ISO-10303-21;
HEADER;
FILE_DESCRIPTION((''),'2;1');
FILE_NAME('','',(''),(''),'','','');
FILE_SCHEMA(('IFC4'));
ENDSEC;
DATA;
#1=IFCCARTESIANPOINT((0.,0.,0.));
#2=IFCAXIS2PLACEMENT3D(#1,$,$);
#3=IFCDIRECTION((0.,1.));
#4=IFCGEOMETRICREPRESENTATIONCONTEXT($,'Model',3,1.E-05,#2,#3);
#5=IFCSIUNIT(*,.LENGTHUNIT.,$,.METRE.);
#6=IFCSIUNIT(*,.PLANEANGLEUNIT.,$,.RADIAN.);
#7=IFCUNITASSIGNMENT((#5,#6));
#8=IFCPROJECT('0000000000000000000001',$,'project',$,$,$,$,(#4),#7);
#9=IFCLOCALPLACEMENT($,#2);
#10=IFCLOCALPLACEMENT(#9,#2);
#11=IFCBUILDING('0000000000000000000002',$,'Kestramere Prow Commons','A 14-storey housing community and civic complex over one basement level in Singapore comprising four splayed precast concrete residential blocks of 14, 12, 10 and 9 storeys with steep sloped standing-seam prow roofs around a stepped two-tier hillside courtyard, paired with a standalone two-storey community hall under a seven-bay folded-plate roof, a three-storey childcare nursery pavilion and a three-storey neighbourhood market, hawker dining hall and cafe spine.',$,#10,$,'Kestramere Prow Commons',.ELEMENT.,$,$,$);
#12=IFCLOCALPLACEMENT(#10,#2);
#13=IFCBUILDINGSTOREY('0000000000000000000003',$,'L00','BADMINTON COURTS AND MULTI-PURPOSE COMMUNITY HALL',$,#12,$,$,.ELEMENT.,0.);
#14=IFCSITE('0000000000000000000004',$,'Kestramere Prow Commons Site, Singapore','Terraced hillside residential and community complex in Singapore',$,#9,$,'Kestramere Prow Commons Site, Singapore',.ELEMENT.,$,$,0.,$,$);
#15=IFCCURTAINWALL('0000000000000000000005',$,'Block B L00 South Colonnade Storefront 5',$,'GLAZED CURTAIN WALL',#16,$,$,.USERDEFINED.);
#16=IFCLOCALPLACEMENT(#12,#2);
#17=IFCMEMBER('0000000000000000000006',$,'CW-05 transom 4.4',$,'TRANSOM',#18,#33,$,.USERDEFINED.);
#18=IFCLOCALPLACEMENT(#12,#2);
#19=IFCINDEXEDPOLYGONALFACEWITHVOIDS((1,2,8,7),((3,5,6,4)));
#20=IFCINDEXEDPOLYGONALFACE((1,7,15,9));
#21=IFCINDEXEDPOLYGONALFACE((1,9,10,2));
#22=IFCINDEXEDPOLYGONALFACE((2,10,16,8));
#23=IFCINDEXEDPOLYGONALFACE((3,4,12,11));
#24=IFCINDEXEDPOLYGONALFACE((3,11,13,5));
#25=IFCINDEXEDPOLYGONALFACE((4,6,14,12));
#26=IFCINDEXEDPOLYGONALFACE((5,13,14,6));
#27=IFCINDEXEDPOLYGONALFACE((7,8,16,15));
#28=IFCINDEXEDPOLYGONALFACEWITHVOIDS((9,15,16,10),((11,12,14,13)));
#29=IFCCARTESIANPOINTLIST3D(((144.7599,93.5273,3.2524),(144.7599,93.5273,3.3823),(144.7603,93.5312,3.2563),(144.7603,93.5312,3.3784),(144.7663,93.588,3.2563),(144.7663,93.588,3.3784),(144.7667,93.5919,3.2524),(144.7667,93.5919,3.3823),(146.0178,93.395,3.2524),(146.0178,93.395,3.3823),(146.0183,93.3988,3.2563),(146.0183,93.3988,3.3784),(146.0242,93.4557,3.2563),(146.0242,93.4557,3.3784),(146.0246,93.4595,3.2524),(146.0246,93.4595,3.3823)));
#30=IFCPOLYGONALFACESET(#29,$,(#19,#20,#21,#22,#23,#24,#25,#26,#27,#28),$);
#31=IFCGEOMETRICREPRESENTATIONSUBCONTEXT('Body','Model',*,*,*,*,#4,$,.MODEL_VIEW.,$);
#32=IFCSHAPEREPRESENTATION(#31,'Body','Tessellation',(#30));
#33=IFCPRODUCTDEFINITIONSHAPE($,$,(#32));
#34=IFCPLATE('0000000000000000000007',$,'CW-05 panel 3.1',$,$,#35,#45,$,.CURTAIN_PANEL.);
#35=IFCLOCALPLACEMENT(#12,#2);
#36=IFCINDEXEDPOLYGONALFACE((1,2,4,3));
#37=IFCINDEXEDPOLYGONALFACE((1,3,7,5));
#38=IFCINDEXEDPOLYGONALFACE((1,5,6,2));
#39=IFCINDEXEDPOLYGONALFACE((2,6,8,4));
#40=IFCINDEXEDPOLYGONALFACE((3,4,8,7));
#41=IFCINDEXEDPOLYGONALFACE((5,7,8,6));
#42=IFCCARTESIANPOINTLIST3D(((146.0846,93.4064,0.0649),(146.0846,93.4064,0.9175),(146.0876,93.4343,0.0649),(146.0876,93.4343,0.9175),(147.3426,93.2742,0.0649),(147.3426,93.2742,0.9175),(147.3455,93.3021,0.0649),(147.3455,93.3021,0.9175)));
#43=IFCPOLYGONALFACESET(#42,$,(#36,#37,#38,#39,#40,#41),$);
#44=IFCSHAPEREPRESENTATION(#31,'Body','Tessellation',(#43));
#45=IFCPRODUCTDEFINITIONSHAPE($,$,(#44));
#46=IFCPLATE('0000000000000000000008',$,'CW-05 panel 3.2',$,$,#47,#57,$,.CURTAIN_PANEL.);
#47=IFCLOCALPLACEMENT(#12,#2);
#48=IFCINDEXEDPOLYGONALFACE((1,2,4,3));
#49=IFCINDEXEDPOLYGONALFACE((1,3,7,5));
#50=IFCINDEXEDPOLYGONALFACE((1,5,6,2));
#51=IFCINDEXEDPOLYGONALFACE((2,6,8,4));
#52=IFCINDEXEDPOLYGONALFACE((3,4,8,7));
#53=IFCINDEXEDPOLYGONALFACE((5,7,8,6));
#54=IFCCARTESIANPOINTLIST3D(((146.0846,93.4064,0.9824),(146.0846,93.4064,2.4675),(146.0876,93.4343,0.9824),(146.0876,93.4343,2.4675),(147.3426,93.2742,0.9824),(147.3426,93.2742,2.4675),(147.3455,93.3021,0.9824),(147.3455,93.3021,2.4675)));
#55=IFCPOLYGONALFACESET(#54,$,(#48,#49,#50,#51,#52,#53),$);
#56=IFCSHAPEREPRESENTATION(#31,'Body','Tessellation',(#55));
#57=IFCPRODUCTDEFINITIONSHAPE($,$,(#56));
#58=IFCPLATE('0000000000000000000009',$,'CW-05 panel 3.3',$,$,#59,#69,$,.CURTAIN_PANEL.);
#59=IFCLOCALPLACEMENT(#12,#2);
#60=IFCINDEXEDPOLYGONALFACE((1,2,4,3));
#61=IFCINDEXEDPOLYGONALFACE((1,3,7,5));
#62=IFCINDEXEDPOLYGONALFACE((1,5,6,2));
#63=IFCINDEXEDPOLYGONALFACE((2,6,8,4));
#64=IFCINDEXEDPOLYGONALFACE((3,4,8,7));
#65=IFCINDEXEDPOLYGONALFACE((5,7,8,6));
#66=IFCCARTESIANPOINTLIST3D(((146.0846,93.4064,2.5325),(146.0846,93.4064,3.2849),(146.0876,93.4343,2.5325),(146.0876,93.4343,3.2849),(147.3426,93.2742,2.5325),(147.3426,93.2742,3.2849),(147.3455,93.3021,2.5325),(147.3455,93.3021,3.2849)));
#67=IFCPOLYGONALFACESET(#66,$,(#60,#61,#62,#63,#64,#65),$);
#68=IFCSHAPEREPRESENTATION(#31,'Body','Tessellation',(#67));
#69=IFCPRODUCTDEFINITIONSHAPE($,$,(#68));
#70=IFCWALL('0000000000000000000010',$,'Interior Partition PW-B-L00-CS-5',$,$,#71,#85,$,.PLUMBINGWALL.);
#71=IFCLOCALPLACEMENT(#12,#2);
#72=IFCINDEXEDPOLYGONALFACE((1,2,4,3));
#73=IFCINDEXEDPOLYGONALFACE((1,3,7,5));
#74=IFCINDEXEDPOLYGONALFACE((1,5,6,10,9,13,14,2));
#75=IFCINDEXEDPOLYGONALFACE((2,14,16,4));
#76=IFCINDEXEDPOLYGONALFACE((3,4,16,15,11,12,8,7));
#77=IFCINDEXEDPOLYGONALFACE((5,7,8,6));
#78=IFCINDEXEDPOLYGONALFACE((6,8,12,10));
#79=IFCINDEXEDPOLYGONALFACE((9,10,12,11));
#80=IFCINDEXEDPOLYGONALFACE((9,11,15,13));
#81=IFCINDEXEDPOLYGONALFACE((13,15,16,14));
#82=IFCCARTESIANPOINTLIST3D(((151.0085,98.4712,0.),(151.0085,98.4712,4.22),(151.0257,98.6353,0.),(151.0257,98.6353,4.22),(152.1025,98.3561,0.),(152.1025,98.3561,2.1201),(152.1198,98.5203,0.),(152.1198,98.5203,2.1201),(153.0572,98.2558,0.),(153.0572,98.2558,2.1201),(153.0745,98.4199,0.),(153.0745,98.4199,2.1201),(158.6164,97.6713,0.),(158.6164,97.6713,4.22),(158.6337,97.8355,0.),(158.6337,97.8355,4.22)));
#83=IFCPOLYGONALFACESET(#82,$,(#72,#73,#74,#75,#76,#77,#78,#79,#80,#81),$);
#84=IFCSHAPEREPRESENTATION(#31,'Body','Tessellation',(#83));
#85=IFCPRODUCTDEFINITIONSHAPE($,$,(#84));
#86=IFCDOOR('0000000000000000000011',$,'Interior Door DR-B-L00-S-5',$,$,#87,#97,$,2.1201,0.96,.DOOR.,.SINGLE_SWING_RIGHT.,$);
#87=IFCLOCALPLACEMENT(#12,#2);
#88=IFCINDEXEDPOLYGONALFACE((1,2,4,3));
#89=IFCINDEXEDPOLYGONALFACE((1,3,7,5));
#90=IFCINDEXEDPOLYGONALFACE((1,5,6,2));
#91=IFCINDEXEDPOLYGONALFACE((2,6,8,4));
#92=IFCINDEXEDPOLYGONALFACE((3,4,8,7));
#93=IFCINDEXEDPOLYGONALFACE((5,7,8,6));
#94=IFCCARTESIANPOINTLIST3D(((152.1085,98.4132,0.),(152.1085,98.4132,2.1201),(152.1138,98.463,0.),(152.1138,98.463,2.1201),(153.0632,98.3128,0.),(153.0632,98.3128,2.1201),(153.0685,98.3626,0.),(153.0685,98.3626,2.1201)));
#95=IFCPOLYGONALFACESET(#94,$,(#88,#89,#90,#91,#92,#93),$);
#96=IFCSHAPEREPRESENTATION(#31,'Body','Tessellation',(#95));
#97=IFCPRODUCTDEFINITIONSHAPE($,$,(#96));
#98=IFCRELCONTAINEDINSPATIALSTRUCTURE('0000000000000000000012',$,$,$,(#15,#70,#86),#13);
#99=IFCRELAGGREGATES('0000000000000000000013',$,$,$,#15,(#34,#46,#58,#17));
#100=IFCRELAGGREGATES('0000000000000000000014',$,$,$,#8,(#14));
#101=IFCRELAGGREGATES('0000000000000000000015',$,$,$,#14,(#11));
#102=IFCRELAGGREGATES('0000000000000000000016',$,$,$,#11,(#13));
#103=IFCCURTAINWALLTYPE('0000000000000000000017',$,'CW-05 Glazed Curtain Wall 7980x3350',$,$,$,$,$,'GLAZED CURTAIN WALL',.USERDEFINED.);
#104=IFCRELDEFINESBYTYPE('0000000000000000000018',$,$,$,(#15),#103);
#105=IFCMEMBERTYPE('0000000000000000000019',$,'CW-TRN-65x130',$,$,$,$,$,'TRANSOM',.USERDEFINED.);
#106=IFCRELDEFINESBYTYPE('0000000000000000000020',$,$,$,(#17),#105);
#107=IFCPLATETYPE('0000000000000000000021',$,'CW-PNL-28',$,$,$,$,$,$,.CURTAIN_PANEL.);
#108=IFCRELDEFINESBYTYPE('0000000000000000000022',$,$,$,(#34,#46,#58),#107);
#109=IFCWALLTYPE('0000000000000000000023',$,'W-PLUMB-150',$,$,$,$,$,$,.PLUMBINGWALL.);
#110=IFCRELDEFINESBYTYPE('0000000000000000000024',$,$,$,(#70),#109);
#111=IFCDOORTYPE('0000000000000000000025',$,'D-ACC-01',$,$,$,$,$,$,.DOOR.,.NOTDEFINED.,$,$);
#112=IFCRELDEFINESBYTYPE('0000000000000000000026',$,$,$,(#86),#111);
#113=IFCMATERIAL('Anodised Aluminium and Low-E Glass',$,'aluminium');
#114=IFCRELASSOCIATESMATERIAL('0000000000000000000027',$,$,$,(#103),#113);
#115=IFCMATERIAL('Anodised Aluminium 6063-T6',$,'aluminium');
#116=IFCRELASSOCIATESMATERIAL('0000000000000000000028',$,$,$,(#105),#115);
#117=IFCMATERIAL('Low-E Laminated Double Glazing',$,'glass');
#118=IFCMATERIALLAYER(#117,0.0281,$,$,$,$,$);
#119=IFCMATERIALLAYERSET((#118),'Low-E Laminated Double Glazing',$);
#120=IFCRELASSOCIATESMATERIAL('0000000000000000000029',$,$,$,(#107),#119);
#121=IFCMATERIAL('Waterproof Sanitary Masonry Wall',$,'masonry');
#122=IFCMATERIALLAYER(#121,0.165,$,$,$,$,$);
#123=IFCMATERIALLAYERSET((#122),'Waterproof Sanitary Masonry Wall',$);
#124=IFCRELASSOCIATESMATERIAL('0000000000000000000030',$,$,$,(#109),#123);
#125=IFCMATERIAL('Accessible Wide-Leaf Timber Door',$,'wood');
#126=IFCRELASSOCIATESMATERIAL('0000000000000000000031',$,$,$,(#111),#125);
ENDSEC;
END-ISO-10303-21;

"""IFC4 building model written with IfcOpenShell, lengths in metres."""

from ifc_helpers import new_model, si_unit, direction, frame, frame_2d, origin, origin_2d, place, context, subcontext, project, spatial, rectangle, hollow_rectangle, extrude, material, layer, layer_set, material_profile, profile_set, type_object, element, fill, aggregate, save


model = new_model("IFC4")

# Units and contexts
model_context = context("Model", 3, precision=1e-05, world=origin(), true_north=direction((0.0, 1.0)))
body_context = subcontext(model_context, "Body", "Model", "MODEL_VIEW")
ifc_project = project(units=[si_unit("LENGTHUNIT", "METRE"), si_unit("PLANEANGLEUNIT", "RADIAN")], contexts=[model_context])

# Site, building, storey
site_placement = place(None, origin())
site = spatial("IfcSite", under=ifc_project, at=site_placement, Name="Kestramere Prow Commons Site, Singapore", Description="Terraced hillside residential and community complex in Singapore", LongName="Kestramere Prow Commons Site, Singapore", CompositionType="ELEMENT", RefElevation=0.0)
building_placement = place(site_placement, origin())
building = spatial("IfcBuilding", under=site, at=building_placement, Name="Kestramere Prow Commons", Description="A 14-storey housing community and civic complex over one basement level in Singapore comprising four splayed precast concrete residential blocks of 14, 12, 10 and 9 storeys with steep sloped standing-seam prow roofs around a stepped two-tier hillside courtyard, paired with a standalone two-storey community hall under a seven-bay folded-plate roof, a three-storey childcare nursery pavilion and a three-storey neighbourhood market, hawker dining hall and cafe spine.", LongName="Kestramere Prow Commons", CompositionType="ELEMENT")
storey_placement = place(building_placement, origin())
storey = spatial("IfcBuildingStorey", under=building, at=storey_placement, Name="L00", Description="BADMINTON COURTS AND MULTI-PURPOSE COMMUNITY HALL", CompositionType="ELEMENT", Elevation=0.0)

# Curtain wall, member, plates
ifc_material_1 = material(Name="Anodised Aluminium and Low-E Glass", Category="aluminium")
curtain_wall_type = type_object("IfcCurtainWallType", Name="CW-05 Glazed Curtain Wall 7980x3350", ElementType="GLAZED CURTAIN WALL", PredefinedType="USERDEFINED", material=ifc_material_1)
curtain_wall_placement = place(storey_placement, origin())
curtain_wall = element("IfcCurtainWall", 1, at=curtain_wall_placement, inside=storey, type_object=curtain_wall_type, Name="Block B L00 South Colonnade Storefront 5", ObjectType="GLAZED CURTAIN WALL", PredefinedType="USERDEFINED")
ifc_material_2 = material(Name="Anodised Aluminium 6063-T6", Category="aluminium")
ifc_material_profile_1 = material_profile(ifc_material_2, hollow_rectangle(XDim=0.0649, YDim=0.1299, WallThickness=0.0039, at=origin_2d()), Name="ALU-TRN 65x130")
ifc_profile_set_1 = profile_set([ifc_material_profile_1], Name="Anodised Aluminium 6063-T6")
member_type_1 = type_object("IfcMemberType", Name="CW-TRN-65x130", ElementType="TRANSOM", PredefinedType="USERDEFINED", material=ifc_profile_set_1)
member_1_placement = place(storey_placement, frame((146.0212, 93.4272, 3.3174), z_axis=(-0.994514, 0.104604, 0.0), x_axis=(-0.104604, -0.994514, 0.0)))
member_1 = element("IfcMember", 2, at=member_1_placement, type_object=member_type_1, Name="CW-05 transom 4.4", ObjectType="TRANSOM", PredefinedType="USERDEFINED", context=body_context, shape_type="SweptSolid", body=[
    extrude(hollow_rectangle(XDim=0.0649, YDim=0.1299, WallThickness=0.0039, at=origin_2d()), origin(), (0.0, 0.0, 1.0), 1.2649),
])
ifc_material_3 = material(Name="Low-E Laminated Double Glazing", Category="glass")
ifc_layer_1 = layer(ifc_material_3, 0.0281)
ifc_layer_set_1 = layer_set([ifc_layer_1], Name="Low-E Laminated Double Glazing")
plate_type = type_object("IfcPlateType", Name="CW-PNL-28", PredefinedType="CURTAIN_PANEL", material=ifc_layer_set_1)
plate_1_placement = place(storey_placement, frame((146.7151, 93.3542, 0.0649), z_axis=(0.0, 0.0, 1.0), x_axis=(-0.994522, 0.104528, 0.0)))
plate_1 = element("IfcPlate", 3, at=plate_1_placement, type_object=plate_type, Name="CW-05 panel 3.1", PredefinedType="CURTAIN_PANEL", context=body_context, shape_type="SweptSolid", body=[
    extrude(rectangle(XDim=1.2649, YDim=0.0281, at=origin_2d()), origin(), (0.0, 0.0, 1.0), 0.8525),
])
plate_2_placement = place(storey_placement, frame((146.7151, 93.3542, 0.9824), z_axis=(0.0, 0.0, 1.0), x_axis=(-0.994522, 0.104528, 0.0)))
plate_2 = element("IfcPlate", 4, at=plate_2_placement, type_object=plate_type, Name="CW-05 panel 3.2", PredefinedType="CURTAIN_PANEL", context=body_context, shape_type="SweptSolid", body=[
    extrude(rectangle(XDim=1.2649, YDim=0.0281, at=origin_2d()), origin(), (0.0, 0.0, 1.0), 1.4851),
])
plate_3_placement = place(storey_placement, frame((146.7151, 93.3542, 2.5325), z_axis=(0.0, 0.0, 1.0), x_axis=(-0.994522, 0.104528, 0.0)))
plate_3 = element("IfcPlate", 5, at=plate_3_placement, type_object=plate_type, Name="CW-05 panel 3.3", PredefinedType="CURTAIN_PANEL", context=body_context, shape_type="SweptSolid", body=[
    extrude(rectangle(XDim=1.2649, YDim=0.0281, at=origin_2d()), origin(), (0.0, 0.0, 1.0), 0.7524),
])
aggregate(curtain_wall, [plate_1, plate_2, plate_3, member_1])

# Wall, opening, door
ifc_material_4 = material(Name="Waterproof Sanitary Masonry Wall", Category="masonry")
ifc_layer_2 = layer(ifc_material_4, 0.165)
ifc_layer_set_2 = layer_set([ifc_layer_2], Name="Waterproof Sanitary Masonry Wall")
wall_type = type_object("IfcWallType", Name="W-PLUMB-150", PredefinedType="PLUMBINGWALL", material=ifc_layer_set_2)
wall_placement = place(storey_placement, frame((151.0171, 98.5532, 0.0), z_axis=(0.0, 0.0, 1.0), x_axis=(0.994519, -0.104552, 0.0)))
wall = element("IfcWall", 6, at=wall_placement, inside=storey, type_object=wall_type, Name="Interior Partition PW-B-L00-CS-5", PredefinedType="PLUMBINGWALL", context=body_context, shape_type="SweptSolid", body=[
    extrude(rectangle(XDim=7.6499, YDim=0.165, at=frame_2d((3.825, 0.0))), origin(), (0.0, 0.0, 1.0), 4.22),
])
opening_placement = place(wall_placement, frame((1.1001, 0.0, 0.0)))
opening = element("IfcOpeningElement", 7, at=opening_placement, cuts=wall, PredefinedType="OPENING", context=body_context, shape_type="SweptSolid", body=[
    extrude(rectangle(XDim=0.96, YDim=2.1201, at=frame_2d((0.48, 1.0601))), frame((0.0, 0.0974, 0.0), z_axis=(0.0, -1.0, 0.0), x_axis=(1.0, 0.0, 0.0)), (0.0, 0.0, 1.0), 0.1951),
])
ifc_material_5 = material(Name="Accessible Wide-Leaf Timber Door", Category="wood")
door_type = type_object("IfcDoorType", Name="D-ACC-01", OperationType="NOTDEFINED", PredefinedType="DOOR", material=ifc_material_5)
door_placement = place(opening_placement, origin())
door = element("IfcDoor", 8, at=door_placement, inside=storey, type_object=door_type, Name="Interior Door DR-B-L00-S-5", OperationType="SINGLE_SWING_RIGHT", OverallHeight=2.1201, OverallWidth=0.96, PredefinedType="DOOR", context=body_context, shape_type="SweptSolid", body=[
    extrude(rectangle(XDim=0.96, YDim=2.1201, at=frame_2d((0.48, 1.0601))), frame((0.0, 0.0249, 0.0), z_axis=(0.0, -1.0, 0.0), x_axis=(1.0, 0.0, 0.0)), (0.0, 0.0, 1.0), 0.05),
])
fill(opening, door)

save(model, "model.ifc")
